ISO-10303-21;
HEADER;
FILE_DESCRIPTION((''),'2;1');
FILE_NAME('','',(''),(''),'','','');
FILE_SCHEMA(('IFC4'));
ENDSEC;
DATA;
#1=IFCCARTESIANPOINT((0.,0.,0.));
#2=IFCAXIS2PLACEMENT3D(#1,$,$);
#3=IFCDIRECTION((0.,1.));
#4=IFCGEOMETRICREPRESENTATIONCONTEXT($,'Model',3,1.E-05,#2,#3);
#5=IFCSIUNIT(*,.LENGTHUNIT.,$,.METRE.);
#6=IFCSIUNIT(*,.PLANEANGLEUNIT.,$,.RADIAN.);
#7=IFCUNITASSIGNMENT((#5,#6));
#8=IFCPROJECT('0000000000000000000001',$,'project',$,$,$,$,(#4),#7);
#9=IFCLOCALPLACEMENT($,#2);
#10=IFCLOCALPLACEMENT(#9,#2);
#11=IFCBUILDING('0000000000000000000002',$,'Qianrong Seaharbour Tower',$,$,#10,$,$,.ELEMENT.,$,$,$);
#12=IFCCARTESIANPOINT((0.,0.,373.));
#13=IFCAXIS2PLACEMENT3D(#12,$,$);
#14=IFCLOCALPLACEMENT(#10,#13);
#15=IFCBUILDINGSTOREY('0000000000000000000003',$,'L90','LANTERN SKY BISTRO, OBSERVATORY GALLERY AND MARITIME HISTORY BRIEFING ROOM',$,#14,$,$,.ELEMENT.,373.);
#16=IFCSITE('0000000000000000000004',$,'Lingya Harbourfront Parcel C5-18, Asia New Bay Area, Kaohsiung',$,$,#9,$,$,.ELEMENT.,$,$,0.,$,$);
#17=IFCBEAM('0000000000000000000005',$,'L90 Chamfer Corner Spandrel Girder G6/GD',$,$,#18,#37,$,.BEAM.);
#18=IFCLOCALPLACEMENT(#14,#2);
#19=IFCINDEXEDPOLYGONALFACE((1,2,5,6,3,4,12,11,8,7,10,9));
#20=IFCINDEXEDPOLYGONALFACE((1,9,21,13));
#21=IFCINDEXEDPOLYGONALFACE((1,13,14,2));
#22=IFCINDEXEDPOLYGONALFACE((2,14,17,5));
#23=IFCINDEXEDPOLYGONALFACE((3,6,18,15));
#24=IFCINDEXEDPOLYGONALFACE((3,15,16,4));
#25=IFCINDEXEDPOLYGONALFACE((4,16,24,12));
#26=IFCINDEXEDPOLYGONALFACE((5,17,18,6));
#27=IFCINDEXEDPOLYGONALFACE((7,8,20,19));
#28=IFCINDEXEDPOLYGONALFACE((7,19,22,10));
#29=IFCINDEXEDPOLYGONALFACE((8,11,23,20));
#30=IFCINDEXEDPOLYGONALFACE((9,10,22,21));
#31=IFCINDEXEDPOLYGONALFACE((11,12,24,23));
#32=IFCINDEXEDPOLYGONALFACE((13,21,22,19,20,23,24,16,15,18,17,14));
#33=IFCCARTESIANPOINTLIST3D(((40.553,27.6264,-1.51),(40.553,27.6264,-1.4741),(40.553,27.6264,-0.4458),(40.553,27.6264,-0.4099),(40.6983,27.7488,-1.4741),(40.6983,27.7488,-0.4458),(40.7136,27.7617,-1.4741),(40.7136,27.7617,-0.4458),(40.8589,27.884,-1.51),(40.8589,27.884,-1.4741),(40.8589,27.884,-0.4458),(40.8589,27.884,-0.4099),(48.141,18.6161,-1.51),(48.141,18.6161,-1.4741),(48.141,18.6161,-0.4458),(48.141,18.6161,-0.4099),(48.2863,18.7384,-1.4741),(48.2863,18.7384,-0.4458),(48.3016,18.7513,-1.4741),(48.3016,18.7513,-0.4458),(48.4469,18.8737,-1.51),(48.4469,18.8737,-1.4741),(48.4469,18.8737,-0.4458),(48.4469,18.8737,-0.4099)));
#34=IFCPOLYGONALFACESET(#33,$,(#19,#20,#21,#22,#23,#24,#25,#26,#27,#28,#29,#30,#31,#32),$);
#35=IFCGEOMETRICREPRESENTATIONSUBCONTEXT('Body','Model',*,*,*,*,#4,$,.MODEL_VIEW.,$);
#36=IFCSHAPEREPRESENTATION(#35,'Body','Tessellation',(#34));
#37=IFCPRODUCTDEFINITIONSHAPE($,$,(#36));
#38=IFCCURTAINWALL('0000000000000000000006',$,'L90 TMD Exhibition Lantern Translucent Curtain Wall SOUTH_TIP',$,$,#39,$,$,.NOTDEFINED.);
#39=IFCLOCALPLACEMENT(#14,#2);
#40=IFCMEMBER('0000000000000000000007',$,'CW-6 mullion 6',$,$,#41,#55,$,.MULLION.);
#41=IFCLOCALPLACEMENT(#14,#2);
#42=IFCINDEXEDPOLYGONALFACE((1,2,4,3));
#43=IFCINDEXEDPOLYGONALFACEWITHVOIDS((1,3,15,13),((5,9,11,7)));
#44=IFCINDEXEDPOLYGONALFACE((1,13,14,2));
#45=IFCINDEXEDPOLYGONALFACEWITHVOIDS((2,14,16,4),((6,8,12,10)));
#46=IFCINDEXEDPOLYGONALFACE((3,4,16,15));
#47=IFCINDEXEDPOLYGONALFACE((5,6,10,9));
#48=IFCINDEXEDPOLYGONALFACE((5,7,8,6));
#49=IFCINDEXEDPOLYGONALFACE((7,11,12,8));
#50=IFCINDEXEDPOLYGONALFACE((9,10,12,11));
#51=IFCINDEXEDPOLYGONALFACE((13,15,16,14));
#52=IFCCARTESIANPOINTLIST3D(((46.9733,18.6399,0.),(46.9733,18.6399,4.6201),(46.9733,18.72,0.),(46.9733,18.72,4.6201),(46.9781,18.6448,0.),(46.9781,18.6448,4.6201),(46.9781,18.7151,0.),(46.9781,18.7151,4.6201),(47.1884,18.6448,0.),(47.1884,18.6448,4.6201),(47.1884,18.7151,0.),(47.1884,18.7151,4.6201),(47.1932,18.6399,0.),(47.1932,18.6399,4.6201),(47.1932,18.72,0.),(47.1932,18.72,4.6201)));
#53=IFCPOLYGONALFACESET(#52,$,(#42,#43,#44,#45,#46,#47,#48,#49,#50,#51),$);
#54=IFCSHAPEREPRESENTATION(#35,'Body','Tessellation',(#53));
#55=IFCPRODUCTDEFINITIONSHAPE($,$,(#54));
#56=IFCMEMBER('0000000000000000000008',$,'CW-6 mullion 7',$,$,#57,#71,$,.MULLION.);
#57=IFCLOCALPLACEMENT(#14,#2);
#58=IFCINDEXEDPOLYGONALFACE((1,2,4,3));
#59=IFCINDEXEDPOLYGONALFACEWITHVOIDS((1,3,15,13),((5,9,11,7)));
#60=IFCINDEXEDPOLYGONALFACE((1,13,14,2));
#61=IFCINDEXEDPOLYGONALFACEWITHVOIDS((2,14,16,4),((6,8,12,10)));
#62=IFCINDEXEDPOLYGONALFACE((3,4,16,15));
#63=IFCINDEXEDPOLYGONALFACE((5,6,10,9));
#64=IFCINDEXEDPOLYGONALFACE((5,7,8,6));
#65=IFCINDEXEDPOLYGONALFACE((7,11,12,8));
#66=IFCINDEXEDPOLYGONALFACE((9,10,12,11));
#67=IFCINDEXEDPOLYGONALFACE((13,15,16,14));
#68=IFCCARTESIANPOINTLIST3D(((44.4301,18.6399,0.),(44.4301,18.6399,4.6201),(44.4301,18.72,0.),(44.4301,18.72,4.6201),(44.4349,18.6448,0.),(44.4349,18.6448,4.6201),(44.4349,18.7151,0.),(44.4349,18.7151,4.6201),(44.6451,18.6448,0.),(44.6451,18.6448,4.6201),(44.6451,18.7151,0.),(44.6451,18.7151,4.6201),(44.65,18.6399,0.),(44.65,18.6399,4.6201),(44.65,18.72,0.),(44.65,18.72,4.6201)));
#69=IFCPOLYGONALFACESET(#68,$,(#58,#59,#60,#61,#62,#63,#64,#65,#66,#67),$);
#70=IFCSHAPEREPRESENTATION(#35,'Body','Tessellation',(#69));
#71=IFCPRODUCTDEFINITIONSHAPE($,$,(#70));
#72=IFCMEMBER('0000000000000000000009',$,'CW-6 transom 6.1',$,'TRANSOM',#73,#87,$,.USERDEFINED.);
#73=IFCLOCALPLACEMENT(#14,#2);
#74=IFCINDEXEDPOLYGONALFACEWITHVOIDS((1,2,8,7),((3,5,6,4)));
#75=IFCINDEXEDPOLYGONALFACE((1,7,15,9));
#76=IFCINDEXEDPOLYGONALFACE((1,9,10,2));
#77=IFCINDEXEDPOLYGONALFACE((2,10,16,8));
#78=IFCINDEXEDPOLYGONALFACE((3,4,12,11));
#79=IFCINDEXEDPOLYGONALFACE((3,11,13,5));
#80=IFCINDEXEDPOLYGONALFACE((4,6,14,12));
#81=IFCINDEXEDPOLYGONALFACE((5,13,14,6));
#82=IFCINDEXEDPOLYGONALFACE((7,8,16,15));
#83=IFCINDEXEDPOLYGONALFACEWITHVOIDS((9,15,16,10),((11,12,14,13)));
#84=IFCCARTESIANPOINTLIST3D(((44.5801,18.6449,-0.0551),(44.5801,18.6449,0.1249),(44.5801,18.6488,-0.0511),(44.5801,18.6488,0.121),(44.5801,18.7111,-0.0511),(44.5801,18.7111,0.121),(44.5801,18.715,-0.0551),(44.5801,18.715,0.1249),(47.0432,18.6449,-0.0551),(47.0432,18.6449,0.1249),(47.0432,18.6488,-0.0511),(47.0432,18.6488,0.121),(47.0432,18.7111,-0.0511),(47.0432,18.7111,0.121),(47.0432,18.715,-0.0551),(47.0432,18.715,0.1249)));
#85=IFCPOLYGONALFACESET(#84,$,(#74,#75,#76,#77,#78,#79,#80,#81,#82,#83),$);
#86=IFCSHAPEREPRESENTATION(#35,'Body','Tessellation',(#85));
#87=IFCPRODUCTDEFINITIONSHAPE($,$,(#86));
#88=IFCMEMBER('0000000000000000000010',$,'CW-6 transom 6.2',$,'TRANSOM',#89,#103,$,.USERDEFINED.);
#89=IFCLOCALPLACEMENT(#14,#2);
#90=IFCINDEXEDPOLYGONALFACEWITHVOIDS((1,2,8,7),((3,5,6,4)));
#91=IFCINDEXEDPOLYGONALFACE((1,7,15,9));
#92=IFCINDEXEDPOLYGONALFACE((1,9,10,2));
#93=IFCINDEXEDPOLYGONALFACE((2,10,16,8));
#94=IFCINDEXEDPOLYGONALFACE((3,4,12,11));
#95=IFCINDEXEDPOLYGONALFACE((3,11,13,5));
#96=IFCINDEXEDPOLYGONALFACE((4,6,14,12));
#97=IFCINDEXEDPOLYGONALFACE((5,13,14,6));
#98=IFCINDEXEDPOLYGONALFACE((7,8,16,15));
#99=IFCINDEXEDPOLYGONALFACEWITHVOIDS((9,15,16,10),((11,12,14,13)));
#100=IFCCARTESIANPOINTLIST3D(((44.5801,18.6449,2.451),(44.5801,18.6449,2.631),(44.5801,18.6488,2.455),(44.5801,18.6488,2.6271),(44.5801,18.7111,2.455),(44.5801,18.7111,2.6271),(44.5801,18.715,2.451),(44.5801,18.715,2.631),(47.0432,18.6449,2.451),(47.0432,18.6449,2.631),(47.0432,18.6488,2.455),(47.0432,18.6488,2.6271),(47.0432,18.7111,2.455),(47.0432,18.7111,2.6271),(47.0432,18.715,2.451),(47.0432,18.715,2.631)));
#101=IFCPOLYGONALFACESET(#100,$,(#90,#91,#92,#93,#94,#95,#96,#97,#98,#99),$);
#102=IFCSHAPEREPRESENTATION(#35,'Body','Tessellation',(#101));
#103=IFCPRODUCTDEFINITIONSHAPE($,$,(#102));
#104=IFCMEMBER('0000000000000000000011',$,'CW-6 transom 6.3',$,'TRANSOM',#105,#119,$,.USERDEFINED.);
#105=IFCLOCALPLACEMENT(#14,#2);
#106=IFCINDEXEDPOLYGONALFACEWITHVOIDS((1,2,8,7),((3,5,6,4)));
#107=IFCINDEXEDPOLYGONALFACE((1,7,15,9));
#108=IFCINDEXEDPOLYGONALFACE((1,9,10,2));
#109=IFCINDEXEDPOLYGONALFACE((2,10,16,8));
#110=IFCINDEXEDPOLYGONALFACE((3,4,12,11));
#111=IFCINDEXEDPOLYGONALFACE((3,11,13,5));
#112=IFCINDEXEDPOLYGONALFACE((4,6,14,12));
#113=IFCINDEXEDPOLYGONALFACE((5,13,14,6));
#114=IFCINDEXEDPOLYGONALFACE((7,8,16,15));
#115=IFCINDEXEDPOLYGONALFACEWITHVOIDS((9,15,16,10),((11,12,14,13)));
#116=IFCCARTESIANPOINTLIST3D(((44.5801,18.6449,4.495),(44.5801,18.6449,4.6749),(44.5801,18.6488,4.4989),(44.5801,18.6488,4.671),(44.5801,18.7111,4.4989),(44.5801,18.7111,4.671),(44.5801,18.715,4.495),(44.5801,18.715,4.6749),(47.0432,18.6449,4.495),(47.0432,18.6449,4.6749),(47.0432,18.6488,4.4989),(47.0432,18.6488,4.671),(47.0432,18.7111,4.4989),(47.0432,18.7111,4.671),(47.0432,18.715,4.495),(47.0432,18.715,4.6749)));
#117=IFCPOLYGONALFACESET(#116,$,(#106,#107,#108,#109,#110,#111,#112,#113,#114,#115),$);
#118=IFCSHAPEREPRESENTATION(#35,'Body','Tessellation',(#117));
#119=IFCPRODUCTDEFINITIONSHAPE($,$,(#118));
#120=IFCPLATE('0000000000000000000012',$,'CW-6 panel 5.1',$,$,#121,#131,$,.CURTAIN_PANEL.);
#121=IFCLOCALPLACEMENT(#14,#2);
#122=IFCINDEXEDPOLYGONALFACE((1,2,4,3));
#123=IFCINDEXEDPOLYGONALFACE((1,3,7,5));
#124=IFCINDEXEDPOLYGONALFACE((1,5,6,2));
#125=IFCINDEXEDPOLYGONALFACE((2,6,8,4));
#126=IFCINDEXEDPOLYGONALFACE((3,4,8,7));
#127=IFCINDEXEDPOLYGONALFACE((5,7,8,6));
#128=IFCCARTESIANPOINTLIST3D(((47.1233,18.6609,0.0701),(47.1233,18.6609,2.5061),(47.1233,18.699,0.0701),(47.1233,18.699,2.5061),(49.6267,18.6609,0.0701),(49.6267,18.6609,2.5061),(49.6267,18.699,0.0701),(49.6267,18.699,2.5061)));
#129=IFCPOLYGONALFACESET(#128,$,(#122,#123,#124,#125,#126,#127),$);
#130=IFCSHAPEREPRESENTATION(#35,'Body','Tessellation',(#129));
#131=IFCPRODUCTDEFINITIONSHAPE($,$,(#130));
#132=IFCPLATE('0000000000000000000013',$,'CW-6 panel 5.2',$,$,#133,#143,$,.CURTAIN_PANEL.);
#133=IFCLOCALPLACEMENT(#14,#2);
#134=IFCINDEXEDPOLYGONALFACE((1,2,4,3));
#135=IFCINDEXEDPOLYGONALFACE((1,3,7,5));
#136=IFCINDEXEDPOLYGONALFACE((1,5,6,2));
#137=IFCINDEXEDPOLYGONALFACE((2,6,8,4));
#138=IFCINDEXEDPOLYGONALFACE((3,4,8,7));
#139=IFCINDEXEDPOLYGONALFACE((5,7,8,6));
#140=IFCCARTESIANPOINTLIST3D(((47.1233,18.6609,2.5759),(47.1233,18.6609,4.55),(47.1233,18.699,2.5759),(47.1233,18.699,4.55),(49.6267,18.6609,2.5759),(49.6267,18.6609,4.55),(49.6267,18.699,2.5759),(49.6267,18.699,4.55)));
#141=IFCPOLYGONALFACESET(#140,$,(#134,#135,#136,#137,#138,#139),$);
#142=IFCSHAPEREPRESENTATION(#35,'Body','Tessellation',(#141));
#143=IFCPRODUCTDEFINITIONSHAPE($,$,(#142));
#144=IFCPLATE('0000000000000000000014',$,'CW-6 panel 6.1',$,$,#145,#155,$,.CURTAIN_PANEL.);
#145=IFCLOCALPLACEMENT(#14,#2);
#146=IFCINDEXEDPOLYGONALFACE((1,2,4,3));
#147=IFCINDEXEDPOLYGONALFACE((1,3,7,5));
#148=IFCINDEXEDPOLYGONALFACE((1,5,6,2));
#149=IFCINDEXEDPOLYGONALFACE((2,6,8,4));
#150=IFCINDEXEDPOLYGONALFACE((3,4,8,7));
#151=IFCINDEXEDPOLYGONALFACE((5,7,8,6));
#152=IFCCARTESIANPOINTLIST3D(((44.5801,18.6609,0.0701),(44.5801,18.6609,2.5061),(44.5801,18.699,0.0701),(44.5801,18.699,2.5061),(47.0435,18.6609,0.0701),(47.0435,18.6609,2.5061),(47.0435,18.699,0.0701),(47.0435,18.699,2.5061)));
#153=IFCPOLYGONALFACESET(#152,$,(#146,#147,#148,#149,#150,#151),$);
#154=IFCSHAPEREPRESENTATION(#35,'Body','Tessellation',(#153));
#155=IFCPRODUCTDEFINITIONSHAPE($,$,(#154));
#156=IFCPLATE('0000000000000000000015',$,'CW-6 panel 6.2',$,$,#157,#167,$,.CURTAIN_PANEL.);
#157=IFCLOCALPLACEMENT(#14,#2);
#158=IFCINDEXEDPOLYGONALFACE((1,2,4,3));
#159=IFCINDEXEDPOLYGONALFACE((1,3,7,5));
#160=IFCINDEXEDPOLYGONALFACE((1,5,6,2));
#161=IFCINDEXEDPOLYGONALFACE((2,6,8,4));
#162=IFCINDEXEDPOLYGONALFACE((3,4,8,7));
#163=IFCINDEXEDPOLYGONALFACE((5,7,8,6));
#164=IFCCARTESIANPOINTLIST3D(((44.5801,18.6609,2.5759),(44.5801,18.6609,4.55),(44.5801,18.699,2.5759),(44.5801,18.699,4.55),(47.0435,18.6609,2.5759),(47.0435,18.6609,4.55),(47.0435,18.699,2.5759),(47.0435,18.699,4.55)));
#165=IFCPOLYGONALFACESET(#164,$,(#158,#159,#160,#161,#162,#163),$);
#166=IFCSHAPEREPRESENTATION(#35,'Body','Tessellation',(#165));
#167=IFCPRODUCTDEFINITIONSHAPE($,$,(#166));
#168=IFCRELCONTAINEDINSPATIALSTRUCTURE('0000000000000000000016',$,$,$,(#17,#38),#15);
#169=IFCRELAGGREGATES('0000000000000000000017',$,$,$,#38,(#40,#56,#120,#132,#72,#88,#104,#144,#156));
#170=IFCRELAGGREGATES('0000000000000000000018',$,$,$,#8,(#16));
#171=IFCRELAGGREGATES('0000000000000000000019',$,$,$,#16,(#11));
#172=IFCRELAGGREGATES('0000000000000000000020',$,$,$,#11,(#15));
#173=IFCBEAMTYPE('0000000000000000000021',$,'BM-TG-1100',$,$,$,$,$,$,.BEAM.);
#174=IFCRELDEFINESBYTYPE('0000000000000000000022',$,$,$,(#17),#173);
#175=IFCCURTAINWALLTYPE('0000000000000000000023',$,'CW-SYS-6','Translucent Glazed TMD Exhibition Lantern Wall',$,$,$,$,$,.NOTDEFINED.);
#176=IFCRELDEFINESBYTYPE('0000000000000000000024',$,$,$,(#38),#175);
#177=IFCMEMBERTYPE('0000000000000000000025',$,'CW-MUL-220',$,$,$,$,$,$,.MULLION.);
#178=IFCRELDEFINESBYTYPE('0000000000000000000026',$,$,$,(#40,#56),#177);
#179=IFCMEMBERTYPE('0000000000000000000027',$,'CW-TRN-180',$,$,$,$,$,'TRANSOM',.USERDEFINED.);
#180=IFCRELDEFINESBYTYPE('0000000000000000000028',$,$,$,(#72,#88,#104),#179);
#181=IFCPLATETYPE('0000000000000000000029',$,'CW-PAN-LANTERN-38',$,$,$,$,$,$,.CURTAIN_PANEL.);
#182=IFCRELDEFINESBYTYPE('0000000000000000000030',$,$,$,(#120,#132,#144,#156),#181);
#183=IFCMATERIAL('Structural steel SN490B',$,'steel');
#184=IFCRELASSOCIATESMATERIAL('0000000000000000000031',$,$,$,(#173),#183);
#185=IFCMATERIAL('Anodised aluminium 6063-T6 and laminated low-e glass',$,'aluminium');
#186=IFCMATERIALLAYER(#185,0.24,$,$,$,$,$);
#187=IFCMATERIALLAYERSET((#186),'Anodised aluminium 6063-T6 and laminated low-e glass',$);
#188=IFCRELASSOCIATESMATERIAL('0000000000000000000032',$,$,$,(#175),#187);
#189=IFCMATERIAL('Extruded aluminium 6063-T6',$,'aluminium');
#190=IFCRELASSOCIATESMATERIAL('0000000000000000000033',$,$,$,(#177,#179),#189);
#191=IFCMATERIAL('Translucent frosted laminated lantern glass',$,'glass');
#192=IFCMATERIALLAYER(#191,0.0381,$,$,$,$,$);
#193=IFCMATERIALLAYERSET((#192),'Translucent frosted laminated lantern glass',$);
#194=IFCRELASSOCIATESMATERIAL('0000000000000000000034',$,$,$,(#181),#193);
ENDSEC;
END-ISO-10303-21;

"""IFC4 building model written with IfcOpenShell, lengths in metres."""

from ifc_helpers import new_model, si_unit, direction, frame, origin, origin_2d, place, context, subcontext, project, spatial, rectangle, hollow_rectangle, i_section, extrude, material, layer, layer_set, material_profile, profile_set, type_object, element, aggregate, save


model = new_model("IFC4")

# Units and contexts
model_context = context("Model", 3, precision=1e-05, world=origin(), true_north=direction((0.0, 1.0)))
body_context = subcontext(model_context, "Body", "Model", "MODEL_VIEW")
ifc_project = project(units=[si_unit("LENGTHUNIT", "METRE"), si_unit("PLANEANGLEUNIT", "RADIAN")], contexts=[model_context])

# Site, building, storey
site_placement = place(None, origin())
site = spatial("IfcSite", under=ifc_project, at=site_placement, Name="Lingya Harbourfront Parcel C5-18, Asia New Bay Area, Kaohsiung", CompositionType="ELEMENT", RefElevation=0.0)
building_placement = place(site_placement, origin())
building = spatial("IfcBuilding", under=site, at=building_placement, Name="Qianrong Seaharbour Tower", CompositionType="ELEMENT")
storey_placement = place(building_placement, frame((0.0, 0.0, 373.0)))
storey = spatial("IfcBuildingStorey", under=building, at=storey_placement, Name="L90", Description="LANTERN SKY BISTRO, OBSERVATORY GALLERY AND MARITIME HISTORY BRIEFING ROOM", CompositionType="ELEMENT", Elevation=373.0)

# Beam
ifc_material_1 = material(Name="Structural steel SN490B", Category="steel")
ifc_material_profile_1 = material_profile(ifc_material_1, i_section(OverallWidth=0.3999, OverallDepth=1.1001, WebThickness=0.02, FlangeThickness=0.0359, at=origin_2d()), Name="BH1100x400x20x36")
ifc_profile_set_1 = profile_set([ifc_material_profile_1], Name="Structural steel SN490B")
beam_type_1 = type_object("IfcBeamType", Name="BM-TG-1100", PredefinedType="BEAM", material=ifc_profile_set_1)
beam_1_placement = place(storey_placement, frame((48.2939, 18.7449, -0.96), z_axis=(-0.644151, 0.764898, 0.0), x_axis=(-0.764898, -0.644151, 0.0)))
element("IfcBeam", 1, at=beam_1_placement, inside=storey, type_object=beam_type_1, Name="L90 Chamfer Corner Spandrel Girder G6/GD", PredefinedType="BEAM", context=body_context, shape_type="SweptSolid", body=[
    extrude(i_section(OverallWidth=0.3999, OverallDepth=1.1001, WebThickness=0.02, FlangeThickness=0.0359, at=origin_2d()), origin(), (0.0, 0.0, 1.0), 11.7798),
])

# Curtain wall, members, plates
ifc_material_2 = material(Name="Anodised aluminium 6063-T6 and laminated low-e glass", Category="aluminium")
ifc_layer_1 = layer(ifc_material_2, 0.24)
ifc_layer_set_1 = layer_set([ifc_layer_1], Name="Anodised aluminium 6063-T6 and laminated low-e glass")
curtain_wall_type = type_object("IfcCurtainWallType", Name="CW-SYS-6", Description="Translucent Glazed TMD Exhibition Lantern Wall", PredefinedType="NOTDEFINED", material=ifc_layer_set_1)
curtain_wall_placement = place(storey_placement, origin())
curtain_wall = element("IfcCurtainWall", 2, at=curtain_wall_placement, inside=storey, type_object=curtain_wall_type, Name="L90 TMD Exhibition Lantern Translucent Curtain Wall SOUTH_TIP", PredefinedType="NOTDEFINED")
ifc_material_3 = material(Name="Extruded aluminium 6063-T6", Category="aluminium")
ifc_material_profile_2 = material_profile(ifc_material_3, hollow_rectangle(XDim=0.0801, YDim=0.22, WallThickness=0.0049, at=origin_2d()), Name="ALU-MUL-220x80x5")
ifc_profile_set_2 = profile_set([ifc_material_profile_2], Name="Extruded aluminium 6063-T6")
member_type_1 = type_object("IfcMemberType", Name="CW-MUL-220", PredefinedType="MULLION", material=ifc_profile_set_2)
member_1_placement = place(storey_placement, frame((47.0833, 18.6799, 0.0), z_axis=(0.0, 0.0, 1.0), x_axis=(0.0, -1.0, 0.0)))
member_1 = element("IfcMember", 3, at=member_1_placement, type_object=member_type_1, Name="CW-6 mullion 6", PredefinedType="MULLION", context=body_context, shape_type="SweptSolid", body=[
    extrude(hollow_rectangle(XDim=0.0801, YDim=0.22, WallThickness=0.0049, at=origin_2d()), origin(), (0.0, 0.0, 1.0), 4.6201),
])
member_2_placement = place(storey_placement, frame((44.54, 18.6799, 0.0), z_axis=(0.0, 0.0, 1.0), x_axis=(0.0, -1.0, 0.0)))
member_2 = element("IfcMember", 4, at=member_2_placement, type_object=member_type_1, Name="CW-6 mullion 7", PredefinedType="MULLION", context=body_context, shape_type="SweptSolid", body=[
    extrude(hollow_rectangle(XDim=0.0801, YDim=0.22, WallThickness=0.0049, at=origin_2d()), origin(), (0.0, 0.0, 1.0), 4.6201),
])
ifc_material_profile_3 = material_profile(ifc_material_3, hollow_rectangle(XDim=0.0701, YDim=0.1799, WallThickness=0.0039, at=origin_2d()), Name="ALU-TRN-180x70x4")
ifc_profile_set_3 = profile_set([ifc_material_profile_3], Name="Extruded aluminium 6063-T6")
member_type_2 = type_object("IfcMemberType", Name="CW-TRN-180", ElementType="TRANSOM", PredefinedType="USERDEFINED", material=ifc_profile_set_3)
member_3_placement = place(storey_placement, frame((47.0432, 18.6799, 0.0349), z_axis=(-1.0, 0.0, 0.0), x_axis=(0.0, -1.0, 0.0)))
member_3 = element("IfcMember", 5, at=member_3_placement, type_object=member_type_2, Name="CW-6 transom 6.1", ObjectType="TRANSOM", PredefinedType="USERDEFINED", context=body_context, shape_type="SweptSolid", body=[
    extrude(hollow_rectangle(XDim=0.0701, YDim=0.1799, WallThickness=0.0039, at=origin_2d()), origin(), (0.0, 0.0, 1.0), 2.4631),
])
member_4_placement = place(storey_placement, frame((47.0432, 18.6799, 2.541), z_axis=(-1.0, 0.0, 0.0), x_axis=(0.0, -1.0, 0.0)))
member_4 = element("IfcMember", 6, at=member_4_placement, type_object=member_type_2, Name="CW-6 transom 6.2", ObjectType="TRANSOM", PredefinedType="USERDEFINED", context=body_context, shape_type="SweptSolid", body=[
    extrude(hollow_rectangle(XDim=0.0701, YDim=0.1799, WallThickness=0.0039, at=origin_2d()), origin(), (0.0, 0.0, 1.0), 2.4631),
])
member_5_placement = place(storey_placement, frame((47.0432, 18.6799, 4.585), z_axis=(-1.0, 0.0, 0.0), x_axis=(0.0, -1.0, 0.0)))
member_5 = element("IfcMember", 7, at=member_5_placement, type_object=member_type_2, Name="CW-6 transom 6.3", ObjectType="TRANSOM", PredefinedType="USERDEFINED", context=body_context, shape_type="SweptSolid", body=[
    extrude(hollow_rectangle(XDim=0.0701, YDim=0.1799, WallThickness=0.0039, at=origin_2d()), origin(), (0.0, 0.0, 1.0), 2.4631),
])
ifc_material_4 = material(Name="Translucent frosted laminated lantern glass", Category="glass")
ifc_layer_2 = layer(ifc_material_4, 0.0381)
ifc_layer_set_2 = layer_set([ifc_layer_2], Name="Translucent frosted laminated lantern glass")
plate_type = type_object("IfcPlateType", Name="CW-PAN-LANTERN-38", PredefinedType="CURTAIN_PANEL", material=ifc_layer_set_2)
plate_1_placement = place(storey_placement, frame((48.375, 18.6799, 0.0701), z_axis=(0.0, 0.0, 1.0), x_axis=(-1.0, 0.0, 0.0)))
plate_1 = element("IfcPlate", 8, at=plate_1_placement, type_object=plate_type, Name="CW-6 panel 5.1", PredefinedType="CURTAIN_PANEL", context=body_context, shape_type="SweptSolid", body=[
    extrude(rectangle(XDim=2.5034, YDim=0.0381, at=origin_2d()), origin(), (0.0, 0.0, 1.0), 2.436),
])
plate_2_placement = place(storey_placement, frame((48.375, 18.6799, 2.5759), z_axis=(0.0, 0.0, 1.0), x_axis=(-1.0, 0.0, 0.0)))
plate_2 = element("IfcPlate", 9, at=plate_2_placement, type_object=plate_type, Name="CW-6 panel 5.2", PredefinedType="CURTAIN_PANEL", context=body_context, shape_type="SweptSolid", body=[
    extrude(rectangle(XDim=2.5034, YDim=0.0381, at=origin_2d()), origin(), (0.0, 0.0, 1.0), 1.9741),
])
plate_3_placement = place(storey_placement, frame((45.8118, 18.6799, 0.0701), z_axis=(0.0, 0.0, 1.0), x_axis=(-1.0, 0.0, 0.0)))
plate_3 = element("IfcPlate", 10, at=plate_3_placement, type_object=plate_type, Name="CW-6 panel 6.1", PredefinedType="CURTAIN_PANEL", context=body_context, shape_type="SweptSolid", body=[
    extrude(rectangle(XDim=2.4634, YDim=0.0381, at=origin_2d()), origin(), (0.0, 0.0, 1.0), 2.436),
])
plate_4_placement = place(storey_placement, frame((45.8118, 18.6799, 2.5759), z_axis=(0.0, 0.0, 1.0), x_axis=(-1.0, 0.0, 0.0)))
plate_4 = element("IfcPlate", 11, at=plate_4_placement, type_object=plate_type, Name="CW-6 panel 6.2", PredefinedType="CURTAIN_PANEL", context=body_context, shape_type="SweptSolid", body=[
    extrude(rectangle(XDim=2.4634, YDim=0.0381, at=origin_2d()), origin(), (0.0, 0.0, 1.0), 1.9741),
])
aggregate(curtain_wall, [member_1, member_2, plate_1, plate_2, member_3, member_4, member_5, plate_3, plate_4])

save(model, "model.ifc")
